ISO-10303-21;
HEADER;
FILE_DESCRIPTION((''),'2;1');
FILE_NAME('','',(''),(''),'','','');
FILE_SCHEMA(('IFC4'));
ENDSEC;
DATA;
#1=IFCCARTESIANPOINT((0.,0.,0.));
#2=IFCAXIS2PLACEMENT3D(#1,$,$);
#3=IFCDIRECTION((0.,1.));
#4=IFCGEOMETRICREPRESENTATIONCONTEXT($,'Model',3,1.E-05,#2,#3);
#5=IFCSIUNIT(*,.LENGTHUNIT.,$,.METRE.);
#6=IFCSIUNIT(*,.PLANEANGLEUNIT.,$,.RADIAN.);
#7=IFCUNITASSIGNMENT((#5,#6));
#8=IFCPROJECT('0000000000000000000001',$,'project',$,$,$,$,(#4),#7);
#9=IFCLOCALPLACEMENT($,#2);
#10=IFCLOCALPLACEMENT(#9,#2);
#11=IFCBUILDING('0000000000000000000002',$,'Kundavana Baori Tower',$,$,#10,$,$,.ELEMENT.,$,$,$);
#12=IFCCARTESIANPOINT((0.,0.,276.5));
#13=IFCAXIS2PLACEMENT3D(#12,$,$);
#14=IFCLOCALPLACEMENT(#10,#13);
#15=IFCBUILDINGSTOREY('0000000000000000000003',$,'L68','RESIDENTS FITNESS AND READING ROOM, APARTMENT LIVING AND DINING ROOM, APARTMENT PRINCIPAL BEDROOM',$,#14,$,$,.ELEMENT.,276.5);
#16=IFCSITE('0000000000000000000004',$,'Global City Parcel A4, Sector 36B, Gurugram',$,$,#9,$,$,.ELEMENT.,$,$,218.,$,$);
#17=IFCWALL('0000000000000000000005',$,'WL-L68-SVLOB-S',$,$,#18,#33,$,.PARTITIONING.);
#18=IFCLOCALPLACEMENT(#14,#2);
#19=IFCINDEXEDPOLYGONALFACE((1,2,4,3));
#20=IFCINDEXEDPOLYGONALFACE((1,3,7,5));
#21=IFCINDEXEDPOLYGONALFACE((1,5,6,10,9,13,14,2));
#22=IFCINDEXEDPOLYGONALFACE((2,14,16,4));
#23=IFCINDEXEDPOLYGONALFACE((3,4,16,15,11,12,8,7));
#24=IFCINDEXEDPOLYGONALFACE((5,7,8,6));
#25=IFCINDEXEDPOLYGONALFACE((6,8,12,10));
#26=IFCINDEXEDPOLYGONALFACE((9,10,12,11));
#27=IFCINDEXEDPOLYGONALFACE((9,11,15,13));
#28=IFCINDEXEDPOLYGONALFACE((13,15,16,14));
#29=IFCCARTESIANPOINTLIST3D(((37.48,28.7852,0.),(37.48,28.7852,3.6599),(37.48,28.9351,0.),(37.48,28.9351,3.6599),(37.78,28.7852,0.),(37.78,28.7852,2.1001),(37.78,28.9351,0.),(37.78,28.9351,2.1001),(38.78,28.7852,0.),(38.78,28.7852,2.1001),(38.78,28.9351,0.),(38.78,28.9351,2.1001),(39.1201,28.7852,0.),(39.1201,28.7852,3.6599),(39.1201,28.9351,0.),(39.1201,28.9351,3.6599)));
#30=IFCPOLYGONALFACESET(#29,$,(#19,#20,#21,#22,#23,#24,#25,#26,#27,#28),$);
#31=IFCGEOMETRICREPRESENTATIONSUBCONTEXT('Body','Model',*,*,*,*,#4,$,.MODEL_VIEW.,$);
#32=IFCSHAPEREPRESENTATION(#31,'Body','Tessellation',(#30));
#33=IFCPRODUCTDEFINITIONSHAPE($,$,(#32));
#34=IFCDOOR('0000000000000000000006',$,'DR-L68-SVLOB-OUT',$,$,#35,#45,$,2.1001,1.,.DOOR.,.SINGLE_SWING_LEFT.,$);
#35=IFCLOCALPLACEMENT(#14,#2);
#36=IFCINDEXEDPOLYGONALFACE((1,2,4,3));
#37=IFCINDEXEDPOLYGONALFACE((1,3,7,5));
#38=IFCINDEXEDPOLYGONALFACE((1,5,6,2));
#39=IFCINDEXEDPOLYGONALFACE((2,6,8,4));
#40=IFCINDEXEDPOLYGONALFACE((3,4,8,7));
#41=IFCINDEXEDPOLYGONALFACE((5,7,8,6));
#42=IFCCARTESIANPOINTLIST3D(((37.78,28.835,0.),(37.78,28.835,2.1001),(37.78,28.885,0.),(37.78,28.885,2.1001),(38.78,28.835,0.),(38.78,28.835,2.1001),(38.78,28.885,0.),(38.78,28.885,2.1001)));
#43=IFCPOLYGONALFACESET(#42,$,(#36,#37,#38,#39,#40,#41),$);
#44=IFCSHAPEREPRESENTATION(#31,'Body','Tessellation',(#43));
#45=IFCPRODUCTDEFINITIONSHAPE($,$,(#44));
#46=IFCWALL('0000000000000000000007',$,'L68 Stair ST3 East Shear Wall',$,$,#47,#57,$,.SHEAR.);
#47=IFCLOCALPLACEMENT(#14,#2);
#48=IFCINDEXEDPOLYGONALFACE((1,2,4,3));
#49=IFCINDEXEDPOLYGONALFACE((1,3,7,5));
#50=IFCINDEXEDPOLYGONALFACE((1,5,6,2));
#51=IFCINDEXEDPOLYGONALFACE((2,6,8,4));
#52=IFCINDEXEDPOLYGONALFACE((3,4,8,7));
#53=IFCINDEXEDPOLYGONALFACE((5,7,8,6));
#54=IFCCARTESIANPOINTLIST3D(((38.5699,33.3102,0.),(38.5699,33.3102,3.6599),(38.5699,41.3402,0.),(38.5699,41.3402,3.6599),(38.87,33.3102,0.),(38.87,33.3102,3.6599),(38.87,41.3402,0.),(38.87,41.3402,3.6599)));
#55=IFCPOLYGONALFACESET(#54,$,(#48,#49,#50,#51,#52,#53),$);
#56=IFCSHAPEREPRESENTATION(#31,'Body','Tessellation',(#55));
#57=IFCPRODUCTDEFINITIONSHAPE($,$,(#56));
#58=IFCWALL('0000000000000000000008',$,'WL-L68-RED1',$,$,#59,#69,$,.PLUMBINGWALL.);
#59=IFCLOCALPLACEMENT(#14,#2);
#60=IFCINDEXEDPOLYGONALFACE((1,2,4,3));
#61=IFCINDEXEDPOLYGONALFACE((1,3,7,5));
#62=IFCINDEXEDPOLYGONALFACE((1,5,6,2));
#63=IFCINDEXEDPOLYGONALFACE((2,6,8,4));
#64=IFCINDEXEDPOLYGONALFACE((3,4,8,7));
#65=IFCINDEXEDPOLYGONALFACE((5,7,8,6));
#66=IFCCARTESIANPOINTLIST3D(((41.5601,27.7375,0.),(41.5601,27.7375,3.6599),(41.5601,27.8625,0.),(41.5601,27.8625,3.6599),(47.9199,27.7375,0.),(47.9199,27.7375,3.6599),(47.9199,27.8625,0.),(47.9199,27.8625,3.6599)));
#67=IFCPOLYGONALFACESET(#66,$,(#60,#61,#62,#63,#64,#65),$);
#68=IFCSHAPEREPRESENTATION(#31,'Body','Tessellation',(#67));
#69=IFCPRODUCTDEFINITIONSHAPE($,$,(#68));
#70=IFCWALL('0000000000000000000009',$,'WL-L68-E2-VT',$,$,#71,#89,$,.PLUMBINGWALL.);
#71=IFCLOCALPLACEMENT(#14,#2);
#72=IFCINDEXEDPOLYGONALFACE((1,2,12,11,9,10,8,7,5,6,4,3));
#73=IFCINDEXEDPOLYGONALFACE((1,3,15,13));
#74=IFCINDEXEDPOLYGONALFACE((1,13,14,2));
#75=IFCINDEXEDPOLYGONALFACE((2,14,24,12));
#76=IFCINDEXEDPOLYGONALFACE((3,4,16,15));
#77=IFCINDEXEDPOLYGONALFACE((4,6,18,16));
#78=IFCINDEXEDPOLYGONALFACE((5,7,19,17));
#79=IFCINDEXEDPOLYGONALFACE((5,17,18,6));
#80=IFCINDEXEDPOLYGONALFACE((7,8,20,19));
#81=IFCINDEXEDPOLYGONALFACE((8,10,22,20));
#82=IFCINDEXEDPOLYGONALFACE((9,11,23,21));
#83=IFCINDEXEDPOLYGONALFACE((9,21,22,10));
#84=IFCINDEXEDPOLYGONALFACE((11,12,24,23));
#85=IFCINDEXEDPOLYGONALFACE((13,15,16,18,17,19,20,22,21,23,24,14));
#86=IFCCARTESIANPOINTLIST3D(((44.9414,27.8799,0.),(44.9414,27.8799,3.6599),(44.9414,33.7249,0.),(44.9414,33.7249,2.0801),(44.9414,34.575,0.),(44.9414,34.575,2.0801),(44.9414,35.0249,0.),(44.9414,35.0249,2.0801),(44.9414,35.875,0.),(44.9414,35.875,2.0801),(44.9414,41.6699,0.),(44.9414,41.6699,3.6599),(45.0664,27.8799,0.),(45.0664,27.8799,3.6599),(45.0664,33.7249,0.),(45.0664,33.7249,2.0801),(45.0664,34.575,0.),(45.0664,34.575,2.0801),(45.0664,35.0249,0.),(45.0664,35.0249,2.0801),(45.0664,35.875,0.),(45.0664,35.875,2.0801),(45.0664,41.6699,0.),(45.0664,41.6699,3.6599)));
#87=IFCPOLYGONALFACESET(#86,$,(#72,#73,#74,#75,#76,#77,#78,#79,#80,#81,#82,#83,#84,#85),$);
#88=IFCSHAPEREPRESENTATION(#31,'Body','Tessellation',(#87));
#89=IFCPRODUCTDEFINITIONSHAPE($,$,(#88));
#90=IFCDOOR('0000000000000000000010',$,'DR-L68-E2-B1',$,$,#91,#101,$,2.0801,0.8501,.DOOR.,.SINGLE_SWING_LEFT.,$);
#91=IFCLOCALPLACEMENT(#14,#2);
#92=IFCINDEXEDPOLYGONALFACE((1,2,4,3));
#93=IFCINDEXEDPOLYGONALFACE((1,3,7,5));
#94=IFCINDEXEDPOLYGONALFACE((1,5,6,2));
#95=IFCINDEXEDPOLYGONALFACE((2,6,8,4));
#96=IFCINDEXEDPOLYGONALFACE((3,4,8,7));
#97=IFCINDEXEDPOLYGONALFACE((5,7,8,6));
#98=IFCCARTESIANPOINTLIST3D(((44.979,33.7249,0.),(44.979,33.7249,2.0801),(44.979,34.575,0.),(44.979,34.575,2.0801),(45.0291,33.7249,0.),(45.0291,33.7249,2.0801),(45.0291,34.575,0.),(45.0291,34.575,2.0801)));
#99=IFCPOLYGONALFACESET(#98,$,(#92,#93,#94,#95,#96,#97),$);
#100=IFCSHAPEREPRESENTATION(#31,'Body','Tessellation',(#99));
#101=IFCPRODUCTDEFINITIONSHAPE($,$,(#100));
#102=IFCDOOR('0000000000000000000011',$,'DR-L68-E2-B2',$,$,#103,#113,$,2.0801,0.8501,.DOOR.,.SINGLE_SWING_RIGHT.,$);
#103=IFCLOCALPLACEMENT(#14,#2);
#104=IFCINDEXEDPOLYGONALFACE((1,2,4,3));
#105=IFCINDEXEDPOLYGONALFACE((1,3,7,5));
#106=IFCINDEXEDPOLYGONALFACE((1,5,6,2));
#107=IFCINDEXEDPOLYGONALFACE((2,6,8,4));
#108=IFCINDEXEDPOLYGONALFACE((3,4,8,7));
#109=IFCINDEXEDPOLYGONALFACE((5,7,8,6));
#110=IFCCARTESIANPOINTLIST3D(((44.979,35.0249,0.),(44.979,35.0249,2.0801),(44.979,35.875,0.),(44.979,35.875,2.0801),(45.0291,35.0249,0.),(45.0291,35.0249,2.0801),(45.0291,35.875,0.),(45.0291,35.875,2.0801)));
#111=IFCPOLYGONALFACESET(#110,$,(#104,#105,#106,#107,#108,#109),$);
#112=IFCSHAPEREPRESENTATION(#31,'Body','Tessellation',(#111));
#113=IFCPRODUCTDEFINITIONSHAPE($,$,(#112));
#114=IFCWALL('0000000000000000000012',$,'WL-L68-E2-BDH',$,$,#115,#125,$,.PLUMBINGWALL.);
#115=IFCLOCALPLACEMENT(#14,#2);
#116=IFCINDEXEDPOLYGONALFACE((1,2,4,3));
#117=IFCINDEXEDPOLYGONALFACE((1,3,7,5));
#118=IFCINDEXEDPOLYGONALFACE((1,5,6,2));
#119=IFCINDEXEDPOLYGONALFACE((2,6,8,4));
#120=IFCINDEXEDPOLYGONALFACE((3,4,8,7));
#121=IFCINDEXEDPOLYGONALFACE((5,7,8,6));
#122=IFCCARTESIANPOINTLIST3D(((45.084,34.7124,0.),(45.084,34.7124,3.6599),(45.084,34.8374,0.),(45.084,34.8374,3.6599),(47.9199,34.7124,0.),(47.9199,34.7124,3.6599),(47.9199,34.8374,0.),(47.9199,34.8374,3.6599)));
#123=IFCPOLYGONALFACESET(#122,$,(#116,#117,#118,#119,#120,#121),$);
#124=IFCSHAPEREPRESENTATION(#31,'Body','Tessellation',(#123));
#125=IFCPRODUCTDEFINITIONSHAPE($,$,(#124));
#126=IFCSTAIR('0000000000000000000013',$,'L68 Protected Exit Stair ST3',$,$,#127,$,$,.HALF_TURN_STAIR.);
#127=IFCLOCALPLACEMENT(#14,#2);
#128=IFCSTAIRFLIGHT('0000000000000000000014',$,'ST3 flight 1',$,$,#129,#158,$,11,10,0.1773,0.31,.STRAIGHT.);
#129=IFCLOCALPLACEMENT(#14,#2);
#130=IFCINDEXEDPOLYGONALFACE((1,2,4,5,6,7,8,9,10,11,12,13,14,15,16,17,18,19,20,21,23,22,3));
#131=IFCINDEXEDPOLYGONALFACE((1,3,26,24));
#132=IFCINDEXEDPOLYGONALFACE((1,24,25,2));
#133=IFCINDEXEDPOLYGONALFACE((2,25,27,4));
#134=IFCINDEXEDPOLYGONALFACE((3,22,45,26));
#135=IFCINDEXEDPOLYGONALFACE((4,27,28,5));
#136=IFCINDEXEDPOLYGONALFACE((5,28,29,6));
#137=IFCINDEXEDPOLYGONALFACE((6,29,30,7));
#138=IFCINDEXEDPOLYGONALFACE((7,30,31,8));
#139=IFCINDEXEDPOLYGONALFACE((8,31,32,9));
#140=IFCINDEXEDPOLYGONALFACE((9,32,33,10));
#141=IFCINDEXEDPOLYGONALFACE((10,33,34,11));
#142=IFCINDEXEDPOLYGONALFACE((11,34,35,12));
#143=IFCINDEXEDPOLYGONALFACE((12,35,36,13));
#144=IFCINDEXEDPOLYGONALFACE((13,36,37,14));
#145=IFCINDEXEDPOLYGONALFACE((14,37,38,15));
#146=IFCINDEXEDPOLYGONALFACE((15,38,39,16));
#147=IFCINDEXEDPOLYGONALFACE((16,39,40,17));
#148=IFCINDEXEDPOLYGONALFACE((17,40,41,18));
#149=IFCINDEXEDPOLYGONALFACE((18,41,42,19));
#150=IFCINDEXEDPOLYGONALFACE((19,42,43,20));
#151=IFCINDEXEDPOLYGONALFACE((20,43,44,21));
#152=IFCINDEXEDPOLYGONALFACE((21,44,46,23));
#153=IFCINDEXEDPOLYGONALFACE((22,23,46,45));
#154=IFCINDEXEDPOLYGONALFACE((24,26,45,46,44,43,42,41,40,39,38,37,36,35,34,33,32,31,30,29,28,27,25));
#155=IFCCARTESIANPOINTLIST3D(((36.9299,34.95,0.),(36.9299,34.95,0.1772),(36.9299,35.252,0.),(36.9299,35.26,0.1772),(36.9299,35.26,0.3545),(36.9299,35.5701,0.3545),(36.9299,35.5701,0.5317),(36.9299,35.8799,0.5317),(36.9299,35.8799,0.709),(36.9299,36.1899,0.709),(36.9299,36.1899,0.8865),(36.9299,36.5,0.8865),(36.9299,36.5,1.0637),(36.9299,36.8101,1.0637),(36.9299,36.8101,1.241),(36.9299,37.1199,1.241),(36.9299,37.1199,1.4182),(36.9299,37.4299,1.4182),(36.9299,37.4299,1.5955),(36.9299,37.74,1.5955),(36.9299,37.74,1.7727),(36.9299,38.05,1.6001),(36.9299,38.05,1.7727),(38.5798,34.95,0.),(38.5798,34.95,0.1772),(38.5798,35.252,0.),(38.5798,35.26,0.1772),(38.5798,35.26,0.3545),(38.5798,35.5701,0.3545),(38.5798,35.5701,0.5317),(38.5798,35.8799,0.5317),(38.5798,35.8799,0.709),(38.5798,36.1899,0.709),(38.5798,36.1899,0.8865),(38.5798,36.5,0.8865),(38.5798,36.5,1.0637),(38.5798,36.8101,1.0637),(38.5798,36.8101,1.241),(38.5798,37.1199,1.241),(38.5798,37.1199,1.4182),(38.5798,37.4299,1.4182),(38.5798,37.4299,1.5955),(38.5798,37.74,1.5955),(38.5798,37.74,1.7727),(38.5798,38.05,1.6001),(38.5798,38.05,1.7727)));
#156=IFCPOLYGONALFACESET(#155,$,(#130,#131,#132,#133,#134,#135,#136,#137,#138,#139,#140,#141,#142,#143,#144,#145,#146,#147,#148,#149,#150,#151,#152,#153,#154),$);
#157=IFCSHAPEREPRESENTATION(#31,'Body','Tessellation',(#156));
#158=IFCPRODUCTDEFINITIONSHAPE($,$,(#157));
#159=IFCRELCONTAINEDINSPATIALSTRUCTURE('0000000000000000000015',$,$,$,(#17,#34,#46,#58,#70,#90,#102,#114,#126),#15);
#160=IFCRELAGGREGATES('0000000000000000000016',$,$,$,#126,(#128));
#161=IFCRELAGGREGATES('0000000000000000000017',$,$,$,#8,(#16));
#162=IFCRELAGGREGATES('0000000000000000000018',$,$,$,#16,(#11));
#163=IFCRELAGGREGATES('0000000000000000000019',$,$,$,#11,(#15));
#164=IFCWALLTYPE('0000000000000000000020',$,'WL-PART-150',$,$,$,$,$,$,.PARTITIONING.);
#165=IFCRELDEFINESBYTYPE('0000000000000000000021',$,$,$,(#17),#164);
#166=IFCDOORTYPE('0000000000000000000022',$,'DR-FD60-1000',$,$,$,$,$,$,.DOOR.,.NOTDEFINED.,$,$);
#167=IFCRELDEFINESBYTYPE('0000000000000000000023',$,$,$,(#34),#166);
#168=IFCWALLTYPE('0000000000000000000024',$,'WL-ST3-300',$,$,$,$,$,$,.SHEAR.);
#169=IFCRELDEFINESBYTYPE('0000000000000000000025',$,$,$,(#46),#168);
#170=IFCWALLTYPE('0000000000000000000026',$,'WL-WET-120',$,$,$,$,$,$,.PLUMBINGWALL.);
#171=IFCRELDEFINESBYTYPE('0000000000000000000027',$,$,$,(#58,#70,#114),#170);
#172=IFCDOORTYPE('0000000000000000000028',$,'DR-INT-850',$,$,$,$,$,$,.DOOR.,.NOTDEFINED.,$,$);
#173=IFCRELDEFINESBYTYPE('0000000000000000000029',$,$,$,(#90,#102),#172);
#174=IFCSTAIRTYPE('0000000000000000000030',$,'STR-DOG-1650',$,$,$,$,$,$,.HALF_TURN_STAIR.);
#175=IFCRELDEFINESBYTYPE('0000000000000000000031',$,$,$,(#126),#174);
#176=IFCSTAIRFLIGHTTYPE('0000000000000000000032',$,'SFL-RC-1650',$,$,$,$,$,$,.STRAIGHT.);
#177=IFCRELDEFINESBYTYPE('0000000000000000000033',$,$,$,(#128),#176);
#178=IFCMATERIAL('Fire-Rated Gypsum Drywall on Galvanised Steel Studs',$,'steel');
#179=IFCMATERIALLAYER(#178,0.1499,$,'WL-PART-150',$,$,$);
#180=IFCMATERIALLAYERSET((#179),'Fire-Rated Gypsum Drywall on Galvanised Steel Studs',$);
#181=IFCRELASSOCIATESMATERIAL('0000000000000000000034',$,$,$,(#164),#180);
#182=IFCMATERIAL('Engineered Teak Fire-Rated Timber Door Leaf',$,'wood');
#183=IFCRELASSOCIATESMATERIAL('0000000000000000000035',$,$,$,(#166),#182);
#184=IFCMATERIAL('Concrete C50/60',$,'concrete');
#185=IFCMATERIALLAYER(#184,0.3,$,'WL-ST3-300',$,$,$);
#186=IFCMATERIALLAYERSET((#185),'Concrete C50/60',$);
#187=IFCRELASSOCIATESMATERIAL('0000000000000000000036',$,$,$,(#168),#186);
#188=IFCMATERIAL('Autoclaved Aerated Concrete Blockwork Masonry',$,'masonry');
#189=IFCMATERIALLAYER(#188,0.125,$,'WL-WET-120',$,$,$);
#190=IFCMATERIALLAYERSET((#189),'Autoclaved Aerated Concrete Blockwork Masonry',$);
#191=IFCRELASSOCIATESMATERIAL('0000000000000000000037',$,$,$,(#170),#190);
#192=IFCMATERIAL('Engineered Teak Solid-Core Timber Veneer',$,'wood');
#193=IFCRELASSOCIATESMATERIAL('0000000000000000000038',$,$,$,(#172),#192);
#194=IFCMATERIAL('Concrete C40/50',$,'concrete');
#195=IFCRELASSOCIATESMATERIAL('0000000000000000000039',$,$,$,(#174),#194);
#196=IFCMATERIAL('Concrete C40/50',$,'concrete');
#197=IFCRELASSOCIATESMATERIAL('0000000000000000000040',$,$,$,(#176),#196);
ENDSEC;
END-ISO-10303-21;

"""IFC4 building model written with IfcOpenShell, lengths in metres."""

from ifc_helpers import new_model, si_unit, direction, frame, frame_2d, origin, place, context, subcontext, project, spatial, polyline, rectangle, outline, extrude, material, layer, layer_set, type_object, element, fill, aggregate, save


model = new_model("IFC4")

# Units and contexts
model_context = context("Model", 3, precision=1e-05, world=origin(), true_north=direction((0.0, 1.0)))
body_context = subcontext(model_context, "Body", "Model", "MODEL_VIEW")
ifc_project = project(units=[si_unit("LENGTHUNIT", "METRE"), si_unit("PLANEANGLEUNIT", "RADIAN")], contexts=[model_context])

# Site, building, storey
site_placement = place(None, origin())
site = spatial("IfcSite", under=ifc_project, at=site_placement, Name="Global City Parcel A4, Sector 36B, Gurugram", CompositionType="ELEMENT", RefElevation=218.0)
building_placement = place(site_placement, origin())
building = spatial("IfcBuilding", under=site, at=building_placement, Name="Kundavana Baori Tower", CompositionType="ELEMENT")
storey_placement = place(building_placement, frame((0.0, 0.0, 276.5)))
storey = spatial("IfcBuildingStorey", under=building, at=storey_placement, Name="L68", Description="RESIDENTS FITNESS AND READING ROOM, APARTMENT LIVING AND DINING ROOM, APARTMENT PRINCIPAL BEDROOM", CompositionType="ELEMENT", Elevation=276.5)

# Shared definitions
ifc_material_1 = material(Name="Fire-Rated Gypsum Drywall on Galvanised Steel Studs", Category="steel")
ifc_layer_1 = layer(ifc_material_1, 0.1499, Name="WL-PART-150")
ifc_layer_set_1 = layer_set([ifc_layer_1], Name="Fire-Rated Gypsum Drywall on Galvanised Steel Studs")
wall_type_1 = type_object("IfcWallType", Name="WL-PART-150", PredefinedType="PARTITIONING", material=ifc_layer_set_1)

# Wall, opening, door
wall_1_placement = place(storey_placement, frame((37.48, 28.8601, 0.0), z_axis=(0.0, 0.0, 1.0), x_axis=(1.0, 0.0, 0.0)))
wall_1 = element("IfcWall", 1, at=wall_1_placement, inside=storey, type_object=wall_type_1, Name="WL-L68-SVLOB-S", PredefinedType="PARTITIONING", context=body_context, shape_type="SweptSolid", body=[
    extrude(rectangle(XDim=1.6401, YDim=0.1499, at=frame_2d((0.8201, 0.0))), origin(), (0.0, 0.0, 1.0), 3.6599),
])
opening_1_placement = place(wall_1_placement, frame((0.3, 0.0, 0.0)))
opening_1 = element("IfcOpeningElement", 2, at=opening_1_placement, cuts=wall_1, PredefinedType="OPENING", context=body_context, shape_type="SweptSolid", body=[
    extrude(rectangle(XDim=1.0, YDim=2.1001, at=frame_2d((0.5, 1.05))), frame((0.0, 0.085, 0.0), z_axis=(0.0, -1.0, 0.0), x_axis=(1.0, 0.0, 0.0)), (0.0, 0.0, 1.0), 0.1699),
])
ifc_material_2 = material(Name="Engineered Teak Fire-Rated Timber Door Leaf", Category="wood")
door_type_1 = type_object("IfcDoorType", Name="DR-FD60-1000", OperationType="NOTDEFINED", PredefinedType="DOOR", material=ifc_material_2)
door_1_placement = place(opening_1_placement, origin())
door_1 = element("IfcDoor", 3, at=door_1_placement, inside=storey, type_object=door_type_1, Name="DR-L68-SVLOB-OUT", OperationType="SINGLE_SWING_LEFT", OverallHeight=2.1001, OverallWidth=1.0, PredefinedType="DOOR", context=body_context, shape_type="SweptSolid", body=[
    extrude(rectangle(XDim=1.0, YDim=2.1001, at=frame_2d((0.5, 1.05))), frame((0.0, 0.0249, 0.0), z_axis=(0.0, -1.0, 0.0), x_axis=(1.0, 0.0, 0.0)), (0.0, 0.0, 1.0), 0.05),
])
fill(opening_1, door_1)

# Walls
ifc_material_3 = material(Name="Concrete C50/60", Category="concrete")
ifc_layer_2 = layer(ifc_material_3, 0.3, Name="WL-ST3-300")
ifc_layer_set_2 = layer_set([ifc_layer_2], Name="Concrete C50/60")
wall_type_2 = type_object("IfcWallType", Name="WL-ST3-300", PredefinedType="SHEAR", material=ifc_layer_set_2)
wall_2_placement = place(storey_placement, frame((38.72, 33.3101, 0.0), z_axis=(0.0, 0.0, 1.0), x_axis=(0.0, 1.0, 0.0)))
element("IfcWall", 4, at=wall_2_placement, inside=storey, type_object=wall_type_2, Name="L68 Stair ST3 East Shear Wall", PredefinedType="SHEAR", context=body_context, shape_type="SweptSolid", body=[
    extrude(rectangle(XDim=8.03, YDim=0.3, at=frame_2d((4.0151, 0.0))), origin(), (0.0, 0.0, 1.0), 3.6599),
])
ifc_material_4 = material(Name="Autoclaved Aerated Concrete Blockwork Masonry", Category="masonry")
ifc_layer_3 = layer(ifc_material_4, 0.125, Name="WL-WET-120")
ifc_layer_set_3 = layer_set([ifc_layer_3], Name="Autoclaved Aerated Concrete Blockwork Masonry")
wall_type_3 = type_object("IfcWallType", Name="WL-WET-120", PredefinedType="PLUMBINGWALL", material=ifc_layer_set_3)
wall_3_placement = place(storey_placement, frame((41.5601, 27.8, 0.0), z_axis=(0.0, 0.0, 1.0), x_axis=(1.0, 0.0, 0.0)))
element("IfcWall", 5, at=wall_3_placement, inside=storey, type_object=wall_type_3, Name="WL-L68-RED1", PredefinedType="PLUMBINGWALL", context=body_context, shape_type="SweptSolid", body=[
    extrude(rectangle(XDim=6.3599, YDim=0.125, at=frame_2d((3.1799, 0.0))), origin(), (0.0, 0.0, 1.0), 3.6599),
])

# Wall, openings, doors
wall_4_placement = place(storey_placement, frame((45.0039, 27.8799, 0.0), z_axis=(0.0, 0.0, 1.0), x_axis=(0.0, 1.0, 0.0)))
wall_4 = element("IfcWall", 6, at=wall_4_placement, inside=storey, type_object=wall_type_3, Name="WL-L68-E2-VT", PredefinedType="PLUMBINGWALL", context=body_context, shape_type="SweptSolid", body=[
    extrude(rectangle(XDim=13.79, YDim=0.125, at=frame_2d((6.895, 0.0))), origin(), (0.0, 0.0, 1.0), 3.6599),
])
opening_2_placement = place(wall_4_placement, frame((5.845, 0.0, 0.0)))
opening_2 = element("IfcOpeningElement", 7, at=opening_2_placement, cuts=wall_4, PredefinedType="OPENING", context=body_context, shape_type="SweptSolid", body=[
    extrude(rectangle(XDim=0.8501, YDim=2.0801, at=frame_2d((0.425, 1.04))), frame((0.0, 0.0725, 0.0), z_axis=(0.0, -1.0, 0.0), x_axis=(1.0, 0.0, 0.0)), (0.0, 0.0, 1.0), 0.145),
])
opening_3_placement = place(wall_4_placement, frame((7.145, 0.0, 0.0)))
opening_3 = element("IfcOpeningElement", 8, at=opening_3_placement, cuts=wall_4, PredefinedType="OPENING", context=body_context, shape_type="SweptSolid", body=[
    extrude(rectangle(XDim=0.8501, YDim=2.0801, at=frame_2d((0.425, 1.04))), frame((0.0, 0.0725, 0.0), z_axis=(0.0, -1.0, 0.0), x_axis=(1.0, 0.0, 0.0)), (0.0, 0.0, 1.0), 0.145),
])
ifc_material_5 = material(Name="Engineered Teak Solid-Core Timber Veneer", Category="wood")
door_type_2 = type_object("IfcDoorType", Name="DR-INT-850", OperationType="NOTDEFINED", PredefinedType="DOOR", material=ifc_material_5)
door_2_placement = place(opening_2_placement, origin())
door_2 = element("IfcDoor", 9, at=door_2_placement, inside=storey, type_object=door_type_2, Name="DR-L68-E2-B1", OperationType="SINGLE_SWING_LEFT", OverallHeight=2.0801, OverallWidth=0.8501, PredefinedType="DOOR", context=body_context, shape_type="SweptSolid", body=[
    extrude(rectangle(XDim=0.8501, YDim=2.0801, at=frame_2d((0.425, 1.04))), frame((0.0, 0.0249, 0.0), z_axis=(0.0, -1.0, 0.0), x_axis=(1.0, 0.0, 0.0)), (0.0, 0.0, 1.0), 0.05),
])
fill(opening_2, door_2)
door_3_placement = place(opening_3_placement, origin())
door_3 = element("IfcDoor", 10, at=door_3_placement, inside=storey, type_object=door_type_2, Name="DR-L68-E2-B2", OperationType="SINGLE_SWING_RIGHT", OverallHeight=2.0801, OverallWidth=0.8501, PredefinedType="DOOR", context=body_context, shape_type="SweptSolid", body=[
    extrude(rectangle(XDim=0.8501, YDim=2.0801, at=frame_2d((0.425, 1.04))), frame((0.0, 0.0249, 0.0), z_axis=(0.0, -1.0, 0.0), x_axis=(1.0, 0.0, 0.0)), (0.0, 0.0, 1.0), 0.05),
])
fill(opening_3, door_3)

# Wall
wall_5_placement = place(storey_placement, frame((45.084, 34.7749, 0.0), z_axis=(0.0, 0.0, 1.0), x_axis=(1.0, 0.0, 0.0)))
element("IfcWall", 11, at=wall_5_placement, inside=storey, type_object=wall_type_3, Name="WL-L68-E2-BDH", PredefinedType="PLUMBINGWALL", context=body_context, shape_type="SweptSolid", body=[
    extrude(rectangle(XDim=2.8359, YDim=0.125, at=frame_2d((1.418, 0.0))), origin(), (0.0, 0.0, 1.0), 3.6599),
])

# Stair, stair flight
ifc_material_6 = material(Name="Concrete C40/50", Category="concrete")
stair_type = type_object("IfcStairType", Name="STR-DOG-1650", PredefinedType="HALF_TURN_STAIR", material=ifc_material_6)
stair_placement = place(storey_placement, origin())
stair = element("IfcStair", 12, at=stair_placement, inside=storey, type_object=stair_type, Name="L68 Protected Exit Stair ST3", PredefinedType="HALF_TURN_STAIR")
ifc_material_7 = material(Name="Concrete C40/50", Category="concrete")
stair_flight_type = type_object("IfcStairFlightType", Name="SFL-RC-1650", PredefinedType="STRAIGHT", material=ifc_material_7)
stair_flight_placement = place(storey_placement, frame((37.7549, 34.95, 0.0), z_axis=(0.0, 0.0, 1.0), x_axis=(0.0, 1.0, 0.0)))
stair_flight = element("IfcStairFlight", 13, at=stair_flight_placement, type_object=stair_flight_type, Name="ST3 flight 1", NumberOfRisers=11, NumberOfTreads=10, PredefinedType="STRAIGHT", RiserHeight=0.1773, TreadLength=0.31, context=body_context, shape_type="SweptSolid", body=[
    extrude(outline(polyline([(0.0, 0.0), (0.0, 0.1772), (0.3101, 0.1772), (0.3101, 0.3545), (0.6201, 0.3545), (0.6201, 0.5317), (0.9299, 0.5317), (0.9299, 0.709), (1.24, 0.709), (1.24, 0.8865), (1.55, 0.8865), (1.55, 1.0637), (1.8601, 1.0637), (1.8601, 1.241), (2.1699, 1.241), (2.1699, 1.4182), (2.48, 1.4182), (2.48, 1.5955), (2.79, 1.5955), (2.79, 1.7727), (3.1001, 1.7727), (3.1001, 1.95), (3.1001, 1.6001), (0.302, 0.0), (0.0, 0.0)])), frame((0.0, 0.825, 0.0), z_axis=(0.0, -1.0, 0.0), x_axis=(1.0, 0.0, 0.0)), (0.0, 0.0, 1.0), 1.6499),
])
aggregate(stair, [stair_flight])

save(model, "model.ifc")
